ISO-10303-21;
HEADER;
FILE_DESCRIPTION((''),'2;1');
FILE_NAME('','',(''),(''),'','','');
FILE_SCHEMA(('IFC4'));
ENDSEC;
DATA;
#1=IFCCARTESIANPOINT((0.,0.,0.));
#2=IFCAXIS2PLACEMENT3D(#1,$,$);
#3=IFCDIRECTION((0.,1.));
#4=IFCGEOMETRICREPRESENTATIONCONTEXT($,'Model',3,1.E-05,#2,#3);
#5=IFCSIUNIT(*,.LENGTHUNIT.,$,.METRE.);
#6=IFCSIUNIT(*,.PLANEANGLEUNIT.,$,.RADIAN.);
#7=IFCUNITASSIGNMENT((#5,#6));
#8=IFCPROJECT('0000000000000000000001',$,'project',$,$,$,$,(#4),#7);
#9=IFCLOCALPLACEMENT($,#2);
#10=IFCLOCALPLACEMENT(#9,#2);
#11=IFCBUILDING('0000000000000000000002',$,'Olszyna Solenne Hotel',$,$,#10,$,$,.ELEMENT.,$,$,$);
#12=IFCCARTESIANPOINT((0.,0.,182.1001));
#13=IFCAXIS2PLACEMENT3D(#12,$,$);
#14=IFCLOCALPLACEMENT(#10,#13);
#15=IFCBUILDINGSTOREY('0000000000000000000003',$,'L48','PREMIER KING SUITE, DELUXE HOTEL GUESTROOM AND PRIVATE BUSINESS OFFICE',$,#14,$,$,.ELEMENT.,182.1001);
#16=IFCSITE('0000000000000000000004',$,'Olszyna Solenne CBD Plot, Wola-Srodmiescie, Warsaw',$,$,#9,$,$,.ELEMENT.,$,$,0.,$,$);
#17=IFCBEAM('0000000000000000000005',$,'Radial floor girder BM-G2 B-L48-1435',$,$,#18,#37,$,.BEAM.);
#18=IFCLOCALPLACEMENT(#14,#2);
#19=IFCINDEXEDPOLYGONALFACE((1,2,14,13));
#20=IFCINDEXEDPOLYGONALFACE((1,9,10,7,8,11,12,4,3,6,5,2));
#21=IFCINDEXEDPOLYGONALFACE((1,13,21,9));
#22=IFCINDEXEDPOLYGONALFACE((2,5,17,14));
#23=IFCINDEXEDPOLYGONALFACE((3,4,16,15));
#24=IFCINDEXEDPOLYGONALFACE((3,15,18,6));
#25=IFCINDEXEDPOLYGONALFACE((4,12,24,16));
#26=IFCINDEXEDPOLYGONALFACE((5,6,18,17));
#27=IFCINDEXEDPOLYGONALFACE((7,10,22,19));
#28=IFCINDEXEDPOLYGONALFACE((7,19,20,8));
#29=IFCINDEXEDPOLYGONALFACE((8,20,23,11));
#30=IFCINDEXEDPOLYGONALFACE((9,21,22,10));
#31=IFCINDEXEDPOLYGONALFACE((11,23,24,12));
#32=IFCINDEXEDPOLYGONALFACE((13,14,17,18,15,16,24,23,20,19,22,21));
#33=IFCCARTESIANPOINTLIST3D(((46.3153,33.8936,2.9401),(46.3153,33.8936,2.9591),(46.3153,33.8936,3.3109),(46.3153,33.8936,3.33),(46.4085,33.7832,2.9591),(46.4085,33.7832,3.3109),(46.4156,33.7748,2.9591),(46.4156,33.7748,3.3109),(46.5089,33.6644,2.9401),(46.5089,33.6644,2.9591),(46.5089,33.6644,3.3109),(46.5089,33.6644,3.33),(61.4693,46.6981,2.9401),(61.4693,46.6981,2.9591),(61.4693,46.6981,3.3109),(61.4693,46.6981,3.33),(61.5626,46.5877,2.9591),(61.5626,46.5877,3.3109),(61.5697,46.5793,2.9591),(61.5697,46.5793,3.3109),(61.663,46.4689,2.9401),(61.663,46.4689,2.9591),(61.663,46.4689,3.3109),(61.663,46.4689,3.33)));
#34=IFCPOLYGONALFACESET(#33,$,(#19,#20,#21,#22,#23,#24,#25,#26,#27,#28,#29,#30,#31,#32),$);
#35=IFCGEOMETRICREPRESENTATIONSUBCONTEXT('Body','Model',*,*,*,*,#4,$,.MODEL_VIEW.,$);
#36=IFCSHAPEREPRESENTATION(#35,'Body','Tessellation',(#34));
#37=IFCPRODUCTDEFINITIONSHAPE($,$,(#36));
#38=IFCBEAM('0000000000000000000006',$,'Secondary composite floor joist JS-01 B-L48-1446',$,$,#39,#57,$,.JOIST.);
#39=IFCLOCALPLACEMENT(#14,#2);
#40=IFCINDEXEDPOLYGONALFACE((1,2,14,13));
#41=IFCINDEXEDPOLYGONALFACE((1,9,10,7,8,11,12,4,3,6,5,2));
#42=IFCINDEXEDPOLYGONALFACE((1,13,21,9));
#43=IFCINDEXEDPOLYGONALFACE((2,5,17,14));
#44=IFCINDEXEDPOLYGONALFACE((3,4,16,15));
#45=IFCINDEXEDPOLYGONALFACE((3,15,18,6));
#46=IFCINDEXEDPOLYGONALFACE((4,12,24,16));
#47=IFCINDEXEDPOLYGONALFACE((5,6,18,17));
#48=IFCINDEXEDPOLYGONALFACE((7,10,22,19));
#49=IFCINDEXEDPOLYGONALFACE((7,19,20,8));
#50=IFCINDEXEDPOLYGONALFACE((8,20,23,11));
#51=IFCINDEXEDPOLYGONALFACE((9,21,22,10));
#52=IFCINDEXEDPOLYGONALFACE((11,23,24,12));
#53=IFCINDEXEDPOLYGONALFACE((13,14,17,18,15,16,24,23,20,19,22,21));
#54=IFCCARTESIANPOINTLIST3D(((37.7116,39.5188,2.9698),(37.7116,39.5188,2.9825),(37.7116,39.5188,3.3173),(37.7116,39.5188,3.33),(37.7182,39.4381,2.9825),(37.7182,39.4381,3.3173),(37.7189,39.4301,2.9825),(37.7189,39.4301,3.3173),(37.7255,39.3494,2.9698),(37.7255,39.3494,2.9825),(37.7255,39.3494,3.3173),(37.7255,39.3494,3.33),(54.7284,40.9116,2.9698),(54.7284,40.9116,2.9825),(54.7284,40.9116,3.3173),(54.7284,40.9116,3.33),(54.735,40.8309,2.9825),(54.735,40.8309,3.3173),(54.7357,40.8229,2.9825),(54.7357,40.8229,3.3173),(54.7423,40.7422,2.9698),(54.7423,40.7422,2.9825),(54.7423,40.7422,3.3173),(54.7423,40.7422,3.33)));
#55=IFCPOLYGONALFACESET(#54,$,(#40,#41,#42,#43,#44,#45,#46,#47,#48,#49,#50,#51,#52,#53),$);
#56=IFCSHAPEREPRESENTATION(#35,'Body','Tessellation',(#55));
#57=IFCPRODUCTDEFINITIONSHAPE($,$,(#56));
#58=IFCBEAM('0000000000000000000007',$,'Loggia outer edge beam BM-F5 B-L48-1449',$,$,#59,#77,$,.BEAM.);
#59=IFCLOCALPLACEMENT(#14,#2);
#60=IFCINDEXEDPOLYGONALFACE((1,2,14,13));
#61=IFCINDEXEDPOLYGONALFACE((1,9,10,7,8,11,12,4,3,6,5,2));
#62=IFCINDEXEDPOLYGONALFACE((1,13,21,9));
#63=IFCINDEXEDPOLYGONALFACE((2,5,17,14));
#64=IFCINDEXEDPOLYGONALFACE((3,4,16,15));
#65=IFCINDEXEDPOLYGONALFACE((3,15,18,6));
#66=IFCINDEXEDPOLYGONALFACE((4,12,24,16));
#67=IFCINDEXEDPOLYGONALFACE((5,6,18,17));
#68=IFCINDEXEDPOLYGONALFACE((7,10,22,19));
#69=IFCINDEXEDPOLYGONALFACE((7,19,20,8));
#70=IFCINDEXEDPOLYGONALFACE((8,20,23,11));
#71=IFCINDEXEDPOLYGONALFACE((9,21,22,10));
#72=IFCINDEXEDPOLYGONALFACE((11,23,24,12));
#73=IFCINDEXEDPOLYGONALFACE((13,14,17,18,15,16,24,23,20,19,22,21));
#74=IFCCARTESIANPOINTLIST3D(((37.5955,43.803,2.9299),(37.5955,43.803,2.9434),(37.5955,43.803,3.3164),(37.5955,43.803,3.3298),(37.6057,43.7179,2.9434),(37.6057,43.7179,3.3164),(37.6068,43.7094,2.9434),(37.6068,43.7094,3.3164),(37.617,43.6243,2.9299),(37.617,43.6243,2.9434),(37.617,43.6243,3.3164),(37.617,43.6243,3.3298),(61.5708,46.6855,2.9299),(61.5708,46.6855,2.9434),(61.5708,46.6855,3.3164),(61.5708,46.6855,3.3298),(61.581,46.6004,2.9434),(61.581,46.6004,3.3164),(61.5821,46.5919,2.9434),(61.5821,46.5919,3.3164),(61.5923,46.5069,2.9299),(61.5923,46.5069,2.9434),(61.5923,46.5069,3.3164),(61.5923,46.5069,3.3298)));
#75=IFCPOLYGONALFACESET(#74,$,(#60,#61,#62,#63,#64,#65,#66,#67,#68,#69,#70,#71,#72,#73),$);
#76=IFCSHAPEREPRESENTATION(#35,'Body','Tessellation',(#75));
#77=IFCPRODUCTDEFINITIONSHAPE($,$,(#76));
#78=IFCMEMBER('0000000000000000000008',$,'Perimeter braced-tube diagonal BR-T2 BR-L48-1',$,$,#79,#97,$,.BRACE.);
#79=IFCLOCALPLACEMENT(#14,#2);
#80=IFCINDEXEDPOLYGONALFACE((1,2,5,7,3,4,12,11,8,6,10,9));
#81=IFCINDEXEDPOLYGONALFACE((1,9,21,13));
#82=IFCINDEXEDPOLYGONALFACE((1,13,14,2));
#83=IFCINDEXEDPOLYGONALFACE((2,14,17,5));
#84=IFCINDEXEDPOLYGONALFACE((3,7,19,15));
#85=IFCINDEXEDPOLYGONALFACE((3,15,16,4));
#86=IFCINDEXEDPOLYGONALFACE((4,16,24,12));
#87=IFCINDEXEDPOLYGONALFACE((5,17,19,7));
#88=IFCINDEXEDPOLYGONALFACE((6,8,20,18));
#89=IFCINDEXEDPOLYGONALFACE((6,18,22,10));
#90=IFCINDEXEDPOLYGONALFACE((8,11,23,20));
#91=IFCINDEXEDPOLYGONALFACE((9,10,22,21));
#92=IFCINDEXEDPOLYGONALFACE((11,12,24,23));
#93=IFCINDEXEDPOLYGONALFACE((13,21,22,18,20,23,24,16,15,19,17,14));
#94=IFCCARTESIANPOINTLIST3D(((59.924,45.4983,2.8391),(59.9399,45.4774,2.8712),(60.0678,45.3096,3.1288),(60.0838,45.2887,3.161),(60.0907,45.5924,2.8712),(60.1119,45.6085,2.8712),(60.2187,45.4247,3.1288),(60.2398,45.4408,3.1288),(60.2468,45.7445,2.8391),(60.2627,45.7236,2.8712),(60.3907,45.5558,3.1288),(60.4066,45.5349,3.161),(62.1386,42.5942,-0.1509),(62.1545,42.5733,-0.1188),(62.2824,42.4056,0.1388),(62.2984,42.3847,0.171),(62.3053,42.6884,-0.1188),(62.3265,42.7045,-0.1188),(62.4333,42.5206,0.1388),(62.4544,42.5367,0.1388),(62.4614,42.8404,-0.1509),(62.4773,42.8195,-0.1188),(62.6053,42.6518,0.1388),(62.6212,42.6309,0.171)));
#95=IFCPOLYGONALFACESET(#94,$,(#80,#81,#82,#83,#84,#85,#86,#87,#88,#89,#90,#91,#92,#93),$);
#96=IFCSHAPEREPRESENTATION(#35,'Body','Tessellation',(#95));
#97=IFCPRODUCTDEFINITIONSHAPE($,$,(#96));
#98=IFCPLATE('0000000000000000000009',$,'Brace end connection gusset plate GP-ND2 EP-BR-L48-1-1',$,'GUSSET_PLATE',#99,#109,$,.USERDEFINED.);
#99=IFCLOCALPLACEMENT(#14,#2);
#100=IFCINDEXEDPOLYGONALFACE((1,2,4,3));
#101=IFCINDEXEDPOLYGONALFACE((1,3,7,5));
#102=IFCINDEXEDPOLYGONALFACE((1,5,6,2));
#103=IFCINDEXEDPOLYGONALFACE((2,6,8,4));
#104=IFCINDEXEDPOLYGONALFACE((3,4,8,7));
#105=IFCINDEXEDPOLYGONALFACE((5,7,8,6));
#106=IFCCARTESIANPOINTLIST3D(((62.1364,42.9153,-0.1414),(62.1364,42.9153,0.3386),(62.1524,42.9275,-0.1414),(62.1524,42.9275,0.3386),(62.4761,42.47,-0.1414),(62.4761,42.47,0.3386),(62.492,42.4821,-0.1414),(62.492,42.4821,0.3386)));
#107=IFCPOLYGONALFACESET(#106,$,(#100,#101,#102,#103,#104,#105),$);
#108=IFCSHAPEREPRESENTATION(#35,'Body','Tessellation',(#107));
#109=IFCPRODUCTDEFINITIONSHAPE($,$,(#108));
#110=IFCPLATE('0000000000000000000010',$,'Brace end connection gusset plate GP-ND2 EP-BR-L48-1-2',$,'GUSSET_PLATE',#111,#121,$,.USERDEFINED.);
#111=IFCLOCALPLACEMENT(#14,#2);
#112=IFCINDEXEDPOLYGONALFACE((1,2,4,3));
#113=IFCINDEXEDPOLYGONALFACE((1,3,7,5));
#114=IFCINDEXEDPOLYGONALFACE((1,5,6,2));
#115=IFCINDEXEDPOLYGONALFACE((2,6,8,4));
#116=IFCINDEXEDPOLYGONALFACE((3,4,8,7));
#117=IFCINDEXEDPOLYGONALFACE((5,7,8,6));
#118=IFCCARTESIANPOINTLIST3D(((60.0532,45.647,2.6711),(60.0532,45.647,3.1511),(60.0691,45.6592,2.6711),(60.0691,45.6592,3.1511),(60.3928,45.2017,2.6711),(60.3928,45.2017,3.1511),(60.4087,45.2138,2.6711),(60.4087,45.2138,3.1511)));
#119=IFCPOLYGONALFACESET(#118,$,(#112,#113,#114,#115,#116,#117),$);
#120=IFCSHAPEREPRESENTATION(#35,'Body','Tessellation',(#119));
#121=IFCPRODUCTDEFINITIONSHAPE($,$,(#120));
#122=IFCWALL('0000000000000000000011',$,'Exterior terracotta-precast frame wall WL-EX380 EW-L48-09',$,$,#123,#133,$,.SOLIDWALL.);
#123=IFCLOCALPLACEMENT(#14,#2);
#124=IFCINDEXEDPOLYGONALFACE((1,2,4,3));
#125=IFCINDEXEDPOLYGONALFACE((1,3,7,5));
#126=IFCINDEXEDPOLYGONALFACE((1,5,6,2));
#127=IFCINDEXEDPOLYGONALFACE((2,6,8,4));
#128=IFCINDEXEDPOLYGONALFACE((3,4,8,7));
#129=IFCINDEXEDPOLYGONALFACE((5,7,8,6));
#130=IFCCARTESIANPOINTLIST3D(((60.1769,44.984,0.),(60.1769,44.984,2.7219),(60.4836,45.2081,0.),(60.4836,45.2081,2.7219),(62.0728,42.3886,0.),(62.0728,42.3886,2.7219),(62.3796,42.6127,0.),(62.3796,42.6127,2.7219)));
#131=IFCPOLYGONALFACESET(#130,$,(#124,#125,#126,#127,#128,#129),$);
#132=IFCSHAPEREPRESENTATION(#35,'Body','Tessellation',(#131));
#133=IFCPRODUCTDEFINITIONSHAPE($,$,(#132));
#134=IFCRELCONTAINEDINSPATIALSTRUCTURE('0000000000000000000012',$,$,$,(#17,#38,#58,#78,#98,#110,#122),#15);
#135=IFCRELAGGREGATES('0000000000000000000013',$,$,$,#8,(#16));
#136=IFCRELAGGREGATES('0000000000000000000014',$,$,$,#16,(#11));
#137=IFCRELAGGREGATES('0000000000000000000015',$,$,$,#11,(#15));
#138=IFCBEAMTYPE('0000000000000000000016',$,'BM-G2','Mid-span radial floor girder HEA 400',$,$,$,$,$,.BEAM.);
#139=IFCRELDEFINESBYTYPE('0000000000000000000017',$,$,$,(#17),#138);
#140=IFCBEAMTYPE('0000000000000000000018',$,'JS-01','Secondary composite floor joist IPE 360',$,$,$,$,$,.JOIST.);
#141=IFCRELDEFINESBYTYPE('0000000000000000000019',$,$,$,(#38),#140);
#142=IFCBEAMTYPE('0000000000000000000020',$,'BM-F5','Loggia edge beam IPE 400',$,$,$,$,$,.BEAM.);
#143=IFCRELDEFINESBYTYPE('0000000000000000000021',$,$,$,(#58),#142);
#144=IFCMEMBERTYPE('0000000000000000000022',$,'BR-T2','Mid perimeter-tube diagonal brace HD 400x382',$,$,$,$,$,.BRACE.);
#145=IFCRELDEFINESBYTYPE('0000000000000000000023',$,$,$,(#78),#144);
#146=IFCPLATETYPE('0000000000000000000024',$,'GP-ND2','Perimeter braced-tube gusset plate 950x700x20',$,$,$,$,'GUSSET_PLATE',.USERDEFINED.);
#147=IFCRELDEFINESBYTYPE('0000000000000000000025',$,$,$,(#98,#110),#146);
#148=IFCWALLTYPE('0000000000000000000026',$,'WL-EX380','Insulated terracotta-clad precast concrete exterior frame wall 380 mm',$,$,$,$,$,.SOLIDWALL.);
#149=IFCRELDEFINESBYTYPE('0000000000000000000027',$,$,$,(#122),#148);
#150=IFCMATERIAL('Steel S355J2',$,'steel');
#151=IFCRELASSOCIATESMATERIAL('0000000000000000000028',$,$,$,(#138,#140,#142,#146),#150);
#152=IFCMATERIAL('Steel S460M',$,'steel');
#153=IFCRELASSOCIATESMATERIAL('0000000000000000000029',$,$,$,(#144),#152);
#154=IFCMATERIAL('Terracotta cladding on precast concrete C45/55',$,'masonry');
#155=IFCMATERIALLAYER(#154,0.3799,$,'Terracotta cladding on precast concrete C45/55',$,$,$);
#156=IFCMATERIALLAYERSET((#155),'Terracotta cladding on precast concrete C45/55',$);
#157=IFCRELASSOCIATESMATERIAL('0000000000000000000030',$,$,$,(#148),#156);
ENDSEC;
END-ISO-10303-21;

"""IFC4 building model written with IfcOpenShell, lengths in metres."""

from ifc_helpers import new_model, si_unit, direction, frame, frame_2d, origin, origin_2d, place, context, subcontext, project, spatial, rectangle, i_section, extrude, source, transform, mapped, material, layer, layer_set, material_profile, profile_set, type_object, element, save


model = new_model("IFC4")

# Units and contexts
model_context = context("Model", 3, precision=1e-05, world=origin(), true_north=direction((0.0, 1.0)))
body_context = subcontext(model_context, "Body", "Model", "MODEL_VIEW")
ifc_project = project(units=[si_unit("LENGTHUNIT", "METRE"), si_unit("PLANEANGLEUNIT", "RADIAN")], contexts=[model_context])

# Site, building, storey
site_placement = place(None, origin())
site = spatial("IfcSite", under=ifc_project, at=site_placement, Name="Olszyna Solenne CBD Plot, Wola-Srodmiescie, Warsaw", CompositionType="ELEMENT", RefElevation=0.0)
building_placement = place(site_placement, origin())
building = spatial("IfcBuilding", under=site, at=building_placement, Name="Olszyna Solenne Hotel", CompositionType="ELEMENT")
storey_placement = place(building_placement, frame((0.0, 0.0, 182.1001)))
storey = spatial("IfcBuildingStorey", under=building, at=storey_placement, Name="L48", Description="PREMIER KING SUITE, DELUXE HOTEL GUESTROOM AND PRIVATE BUSINESS OFFICE", CompositionType="ELEMENT", Elevation=182.1001)

# Shared definitions
ifc_material_1 = material(Name="Steel S460M", Category="steel")

# Beams
ifc_material_2 = material(Name="Steel S355J2", Category="steel")
ifc_material_profile_1 = material_profile(ifc_material_2, i_section(OverallWidth=0.3, OverallDepth=0.3899, WebThickness=0.011, FlangeThickness=0.019, at=origin_2d()), Name="HEA 400", Category="load-bearing")
ifc_profile_set_1 = profile_set([ifc_material_profile_1], Name="Steel S355J2")
beam_type_1 = type_object("IfcBeamType", Name="BM-G2", Description="Mid-span radial floor girder HEA 400", PredefinedType="BEAM", material=ifc_profile_set_1)
shared_shape_1 = source(origin(), body_context, "Body", "SweptSolid", [
    extrude(i_section(OverallWidth=0.3, OverallDepth=0.3899, WebThickness=0.011, FlangeThickness=0.019, at=origin_2d()), origin(), (0.0, 0.0, 1.0), 19.8394),
])
beam_1_placement = place(storey_placement, frame((61.5662, 46.5835, 3.135), z_axis=(-0.763839, -0.645407, 0.0), x_axis=(0.645407, -0.763839, 0.0)))
element("IfcBeam", 1, at=beam_1_placement, inside=storey, type_object=beam_type_1, Name="Radial floor girder BM-G2 B-L48-1435", PredefinedType="BEAM", context=body_context, shape_type="MappedRepresentation", body=[
    mapped(shared_shape_1, transform((0.0, 0.0, 0.0), x_axis=(1.0, 0.0, 0.0), y_axis=(0.0, 1.0, 0.0), z_axis=(0.0, 0.0, 1.0), scale=1.0)),
])
ifc_material_profile_2 = material_profile(ifc_material_2, i_section(OverallWidth=0.1699, OverallDepth=0.3601, WebThickness=0.0081, FlangeThickness=0.0127, at=origin_2d()), Name="IPE 360", Category="load-bearing")
ifc_profile_set_2 = profile_set([ifc_material_profile_2], Name="Steel S355J2")
beam_type_2 = type_object("IfcBeamType", Name="JS-01", Description="Secondary composite floor joist IPE 360", PredefinedType="JOIST", material=ifc_profile_set_2)
shared_shape_2 = source(origin(), body_context, "Body", "SweptSolid", [
    extrude(i_section(OverallWidth=0.1699, OverallDepth=0.3601, WebThickness=0.0081, FlangeThickness=0.0127, at=origin_2d()), origin(), (0.0, 0.0, 1.0), 17.0737),
])
beam_2_placement = place(storey_placement, frame((54.7354, 40.8269, 3.1499), z_axis=(-0.996667, -0.081577, 0.0), x_axis=(0.081577, -0.996667, 0.0)))
element("IfcBeam", 2, at=beam_2_placement, inside=storey, type_object=beam_type_2, Name="Secondary composite floor joist JS-01 B-L48-1446", PredefinedType="JOIST", context=body_context, shape_type="MappedRepresentation", body=[
    mapped(shared_shape_2, transform((0.0, 0.0, 0.0), x_axis=(1.0, 0.0, 0.0), y_axis=(0.0, 1.0, 0.0), z_axis=(0.0, 0.0, 1.0), scale=1.0)),
])
ifc_material_profile_3 = material_profile(ifc_material_2, i_section(OverallWidth=0.1799, OverallDepth=0.3999, WebThickness=0.0085, FlangeThickness=0.0134, at=origin_2d()), Name="IPE 400", Category="load-bearing")
ifc_profile_set_3 = profile_set([ifc_material_profile_3], Name="Steel S355J2")
beam_type_3 = type_object("IfcBeamType", Name="BM-F5", Description="Loggia edge beam IPE 400", PredefinedType="BEAM", material=ifc_profile_set_3)
shared_shape_3 = source(origin(), body_context, "Body", "SweptSolid", [
    extrude(i_section(OverallWidth=0.1799, OverallDepth=0.3999, WebThickness=0.0085, FlangeThickness=0.0134, at=origin_2d()), origin(), (0.0, 0.0, 1.0), 24.1479),
])
beam_3_placement = place(storey_placement, frame((61.5815, 46.5962, 3.1299), z_axis=(-0.99285, -0.119371, 0.0), x_axis=(0.119371, -0.99285, 0.0)))
element("IfcBeam", 3, at=beam_3_placement, inside=storey, type_object=beam_type_3, Name="Loggia outer edge beam BM-F5 B-L48-1449", PredefinedType="BEAM", context=body_context, shape_type="MappedRepresentation", body=[
    mapped(shared_shape_3, transform((0.0, 0.0, 0.0), x_axis=(1.0, 0.0, 0.0), y_axis=(0.0, 1.0, 0.0), z_axis=(0.0, 0.0, 1.0), scale=1.0)),
])

# Member
ifc_material_profile_4 = material_profile(ifc_material_1, i_section(OverallWidth=0.406, OverallDepth=0.416, WebThickness=0.0266, FlangeThickness=0.0415, at=origin_2d()), Name="HD 400x382", Category="load-bearing")
ifc_profile_set_4 = profile_set([ifc_material_profile_4], Name="Steel S460M")
member_type = type_object("IfcMemberType", Name="BR-T2", Description="Mid perimeter-tube diagonal brace HD 400x382", PredefinedType="BRACE", material=ifc_profile_set_4)
shared_shape_4 = source(origin(), body_context, "Body", "SweptSolid", [
    extrude(i_section(OverallWidth=0.406, OverallDepth=0.416, WebThickness=0.0266, FlangeThickness=0.0415, at=origin_2d()), origin(), (0.0, 0.0, 1.0), 4.72),
])
member_placement = place(storey_placement, frame((62.3799, 42.6125, 0.01), z_axis=(-0.469199, 0.615271, 0.633478), x_axis=(-0.795169, -0.606388, 0.0)))
element("IfcMember", 4, at=member_placement, inside=storey, type_object=member_type, Name="Perimeter braced-tube diagonal BR-T2 BR-L48-1", PredefinedType="BRACE", context=body_context, shape_type="MappedRepresentation", body=[
    mapped(shared_shape_4, transform((0.0, 0.0, 0.0), x_axis=(1.0, 0.0, 0.0), y_axis=(0.0, 1.0, 0.0), z_axis=(0.0, 0.0, 1.0), scale=1.0)),
])

# Plates
plate_type = type_object("IfcPlateType", Name="GP-ND2", Description="Perimeter braced-tube gusset plate 950x700x20", ElementType="GUSSET_PLATE", PredefinedType="USERDEFINED", material=ifc_material_2)
shared_shape_5 = source(origin(), body_context, "Body", "SweptSolid", [
    extrude(rectangle(XDim=0.5601, YDim=0.02, at=origin_2d()), origin(), (0.0, 0.0, 1.0), 0.48),
])
for number, where, z_axis, x_axis, name in (
    (5, (62.3142, 42.6987, -0.1414), (0.0, 0.0, 1.0), (-0.606405, 0.795156, 0.0), "Brace end connection gusset plate GP-ND2 EP-BR-L48-1-1"),
    (6, (60.231, 45.4304, 2.6711), (0.0, 0.0, 1.0), (-0.606405, 0.795156, 0.0), "Brace end connection gusset plate GP-ND2 EP-BR-L48-1-2"),
):
    element("IfcPlate", number, at=place(storey_placement, frame(where, z_axis=z_axis, x_axis=x_axis)), inside=storey, type_object=plate_type, Name=name, ObjectType="GUSSET_PLATE", PredefinedType="USERDEFINED", context=body_context, shape_type="MappedRepresentation", body=[
        mapped(shared_shape_5, transform((0.0, 0.0, 0.0), x_axis=(1.0, 0.0, 0.0), y_axis=(0.0, 1.0, 0.0), z_axis=(0.0, 0.0, 1.0), scale=1.0)),
    ])

# Wall
ifc_material_3 = material(Name="Terracotta cladding on precast concrete C45/55", Category="masonry")
ifc_layer_1 = layer(ifc_material_3, 0.3799, Name="Terracotta cladding on precast concrete C45/55")
ifc_layer_set_1 = layer_set([ifc_layer_1], Name="Terracotta cladding on precast concrete C45/55")
wall_type_1 = type_object("IfcWallType", Name="WL-EX380", Description="Insulated terracotta-clad precast concrete exterior frame wall 380 mm", PredefinedType="SOLIDWALL", material=ifc_layer_set_1)
wall_1_placement = place(storey_placement, frame((60.3303, 45.0959, 0.0), z_axis=(0.0, 0.0, 1.0), x_axis=(0.589878, -0.807493, 0.0)))
element("IfcWall", 7, at=wall_1_placement, inside=storey, type_object=wall_type_1, Name="Exterior terracotta-precast frame wall WL-EX380 EW-L48-09", PredefinedType="SOLIDWALL", context=body_context, shape_type="SweptSolid", body=[
    extrude(rectangle(XDim=3.2141, YDim=0.3799, at=frame_2d((1.6069, 0.0))), origin(), (0.0, 0.0, 1.0), 2.7219),
])

save(model, "model.ifc")
